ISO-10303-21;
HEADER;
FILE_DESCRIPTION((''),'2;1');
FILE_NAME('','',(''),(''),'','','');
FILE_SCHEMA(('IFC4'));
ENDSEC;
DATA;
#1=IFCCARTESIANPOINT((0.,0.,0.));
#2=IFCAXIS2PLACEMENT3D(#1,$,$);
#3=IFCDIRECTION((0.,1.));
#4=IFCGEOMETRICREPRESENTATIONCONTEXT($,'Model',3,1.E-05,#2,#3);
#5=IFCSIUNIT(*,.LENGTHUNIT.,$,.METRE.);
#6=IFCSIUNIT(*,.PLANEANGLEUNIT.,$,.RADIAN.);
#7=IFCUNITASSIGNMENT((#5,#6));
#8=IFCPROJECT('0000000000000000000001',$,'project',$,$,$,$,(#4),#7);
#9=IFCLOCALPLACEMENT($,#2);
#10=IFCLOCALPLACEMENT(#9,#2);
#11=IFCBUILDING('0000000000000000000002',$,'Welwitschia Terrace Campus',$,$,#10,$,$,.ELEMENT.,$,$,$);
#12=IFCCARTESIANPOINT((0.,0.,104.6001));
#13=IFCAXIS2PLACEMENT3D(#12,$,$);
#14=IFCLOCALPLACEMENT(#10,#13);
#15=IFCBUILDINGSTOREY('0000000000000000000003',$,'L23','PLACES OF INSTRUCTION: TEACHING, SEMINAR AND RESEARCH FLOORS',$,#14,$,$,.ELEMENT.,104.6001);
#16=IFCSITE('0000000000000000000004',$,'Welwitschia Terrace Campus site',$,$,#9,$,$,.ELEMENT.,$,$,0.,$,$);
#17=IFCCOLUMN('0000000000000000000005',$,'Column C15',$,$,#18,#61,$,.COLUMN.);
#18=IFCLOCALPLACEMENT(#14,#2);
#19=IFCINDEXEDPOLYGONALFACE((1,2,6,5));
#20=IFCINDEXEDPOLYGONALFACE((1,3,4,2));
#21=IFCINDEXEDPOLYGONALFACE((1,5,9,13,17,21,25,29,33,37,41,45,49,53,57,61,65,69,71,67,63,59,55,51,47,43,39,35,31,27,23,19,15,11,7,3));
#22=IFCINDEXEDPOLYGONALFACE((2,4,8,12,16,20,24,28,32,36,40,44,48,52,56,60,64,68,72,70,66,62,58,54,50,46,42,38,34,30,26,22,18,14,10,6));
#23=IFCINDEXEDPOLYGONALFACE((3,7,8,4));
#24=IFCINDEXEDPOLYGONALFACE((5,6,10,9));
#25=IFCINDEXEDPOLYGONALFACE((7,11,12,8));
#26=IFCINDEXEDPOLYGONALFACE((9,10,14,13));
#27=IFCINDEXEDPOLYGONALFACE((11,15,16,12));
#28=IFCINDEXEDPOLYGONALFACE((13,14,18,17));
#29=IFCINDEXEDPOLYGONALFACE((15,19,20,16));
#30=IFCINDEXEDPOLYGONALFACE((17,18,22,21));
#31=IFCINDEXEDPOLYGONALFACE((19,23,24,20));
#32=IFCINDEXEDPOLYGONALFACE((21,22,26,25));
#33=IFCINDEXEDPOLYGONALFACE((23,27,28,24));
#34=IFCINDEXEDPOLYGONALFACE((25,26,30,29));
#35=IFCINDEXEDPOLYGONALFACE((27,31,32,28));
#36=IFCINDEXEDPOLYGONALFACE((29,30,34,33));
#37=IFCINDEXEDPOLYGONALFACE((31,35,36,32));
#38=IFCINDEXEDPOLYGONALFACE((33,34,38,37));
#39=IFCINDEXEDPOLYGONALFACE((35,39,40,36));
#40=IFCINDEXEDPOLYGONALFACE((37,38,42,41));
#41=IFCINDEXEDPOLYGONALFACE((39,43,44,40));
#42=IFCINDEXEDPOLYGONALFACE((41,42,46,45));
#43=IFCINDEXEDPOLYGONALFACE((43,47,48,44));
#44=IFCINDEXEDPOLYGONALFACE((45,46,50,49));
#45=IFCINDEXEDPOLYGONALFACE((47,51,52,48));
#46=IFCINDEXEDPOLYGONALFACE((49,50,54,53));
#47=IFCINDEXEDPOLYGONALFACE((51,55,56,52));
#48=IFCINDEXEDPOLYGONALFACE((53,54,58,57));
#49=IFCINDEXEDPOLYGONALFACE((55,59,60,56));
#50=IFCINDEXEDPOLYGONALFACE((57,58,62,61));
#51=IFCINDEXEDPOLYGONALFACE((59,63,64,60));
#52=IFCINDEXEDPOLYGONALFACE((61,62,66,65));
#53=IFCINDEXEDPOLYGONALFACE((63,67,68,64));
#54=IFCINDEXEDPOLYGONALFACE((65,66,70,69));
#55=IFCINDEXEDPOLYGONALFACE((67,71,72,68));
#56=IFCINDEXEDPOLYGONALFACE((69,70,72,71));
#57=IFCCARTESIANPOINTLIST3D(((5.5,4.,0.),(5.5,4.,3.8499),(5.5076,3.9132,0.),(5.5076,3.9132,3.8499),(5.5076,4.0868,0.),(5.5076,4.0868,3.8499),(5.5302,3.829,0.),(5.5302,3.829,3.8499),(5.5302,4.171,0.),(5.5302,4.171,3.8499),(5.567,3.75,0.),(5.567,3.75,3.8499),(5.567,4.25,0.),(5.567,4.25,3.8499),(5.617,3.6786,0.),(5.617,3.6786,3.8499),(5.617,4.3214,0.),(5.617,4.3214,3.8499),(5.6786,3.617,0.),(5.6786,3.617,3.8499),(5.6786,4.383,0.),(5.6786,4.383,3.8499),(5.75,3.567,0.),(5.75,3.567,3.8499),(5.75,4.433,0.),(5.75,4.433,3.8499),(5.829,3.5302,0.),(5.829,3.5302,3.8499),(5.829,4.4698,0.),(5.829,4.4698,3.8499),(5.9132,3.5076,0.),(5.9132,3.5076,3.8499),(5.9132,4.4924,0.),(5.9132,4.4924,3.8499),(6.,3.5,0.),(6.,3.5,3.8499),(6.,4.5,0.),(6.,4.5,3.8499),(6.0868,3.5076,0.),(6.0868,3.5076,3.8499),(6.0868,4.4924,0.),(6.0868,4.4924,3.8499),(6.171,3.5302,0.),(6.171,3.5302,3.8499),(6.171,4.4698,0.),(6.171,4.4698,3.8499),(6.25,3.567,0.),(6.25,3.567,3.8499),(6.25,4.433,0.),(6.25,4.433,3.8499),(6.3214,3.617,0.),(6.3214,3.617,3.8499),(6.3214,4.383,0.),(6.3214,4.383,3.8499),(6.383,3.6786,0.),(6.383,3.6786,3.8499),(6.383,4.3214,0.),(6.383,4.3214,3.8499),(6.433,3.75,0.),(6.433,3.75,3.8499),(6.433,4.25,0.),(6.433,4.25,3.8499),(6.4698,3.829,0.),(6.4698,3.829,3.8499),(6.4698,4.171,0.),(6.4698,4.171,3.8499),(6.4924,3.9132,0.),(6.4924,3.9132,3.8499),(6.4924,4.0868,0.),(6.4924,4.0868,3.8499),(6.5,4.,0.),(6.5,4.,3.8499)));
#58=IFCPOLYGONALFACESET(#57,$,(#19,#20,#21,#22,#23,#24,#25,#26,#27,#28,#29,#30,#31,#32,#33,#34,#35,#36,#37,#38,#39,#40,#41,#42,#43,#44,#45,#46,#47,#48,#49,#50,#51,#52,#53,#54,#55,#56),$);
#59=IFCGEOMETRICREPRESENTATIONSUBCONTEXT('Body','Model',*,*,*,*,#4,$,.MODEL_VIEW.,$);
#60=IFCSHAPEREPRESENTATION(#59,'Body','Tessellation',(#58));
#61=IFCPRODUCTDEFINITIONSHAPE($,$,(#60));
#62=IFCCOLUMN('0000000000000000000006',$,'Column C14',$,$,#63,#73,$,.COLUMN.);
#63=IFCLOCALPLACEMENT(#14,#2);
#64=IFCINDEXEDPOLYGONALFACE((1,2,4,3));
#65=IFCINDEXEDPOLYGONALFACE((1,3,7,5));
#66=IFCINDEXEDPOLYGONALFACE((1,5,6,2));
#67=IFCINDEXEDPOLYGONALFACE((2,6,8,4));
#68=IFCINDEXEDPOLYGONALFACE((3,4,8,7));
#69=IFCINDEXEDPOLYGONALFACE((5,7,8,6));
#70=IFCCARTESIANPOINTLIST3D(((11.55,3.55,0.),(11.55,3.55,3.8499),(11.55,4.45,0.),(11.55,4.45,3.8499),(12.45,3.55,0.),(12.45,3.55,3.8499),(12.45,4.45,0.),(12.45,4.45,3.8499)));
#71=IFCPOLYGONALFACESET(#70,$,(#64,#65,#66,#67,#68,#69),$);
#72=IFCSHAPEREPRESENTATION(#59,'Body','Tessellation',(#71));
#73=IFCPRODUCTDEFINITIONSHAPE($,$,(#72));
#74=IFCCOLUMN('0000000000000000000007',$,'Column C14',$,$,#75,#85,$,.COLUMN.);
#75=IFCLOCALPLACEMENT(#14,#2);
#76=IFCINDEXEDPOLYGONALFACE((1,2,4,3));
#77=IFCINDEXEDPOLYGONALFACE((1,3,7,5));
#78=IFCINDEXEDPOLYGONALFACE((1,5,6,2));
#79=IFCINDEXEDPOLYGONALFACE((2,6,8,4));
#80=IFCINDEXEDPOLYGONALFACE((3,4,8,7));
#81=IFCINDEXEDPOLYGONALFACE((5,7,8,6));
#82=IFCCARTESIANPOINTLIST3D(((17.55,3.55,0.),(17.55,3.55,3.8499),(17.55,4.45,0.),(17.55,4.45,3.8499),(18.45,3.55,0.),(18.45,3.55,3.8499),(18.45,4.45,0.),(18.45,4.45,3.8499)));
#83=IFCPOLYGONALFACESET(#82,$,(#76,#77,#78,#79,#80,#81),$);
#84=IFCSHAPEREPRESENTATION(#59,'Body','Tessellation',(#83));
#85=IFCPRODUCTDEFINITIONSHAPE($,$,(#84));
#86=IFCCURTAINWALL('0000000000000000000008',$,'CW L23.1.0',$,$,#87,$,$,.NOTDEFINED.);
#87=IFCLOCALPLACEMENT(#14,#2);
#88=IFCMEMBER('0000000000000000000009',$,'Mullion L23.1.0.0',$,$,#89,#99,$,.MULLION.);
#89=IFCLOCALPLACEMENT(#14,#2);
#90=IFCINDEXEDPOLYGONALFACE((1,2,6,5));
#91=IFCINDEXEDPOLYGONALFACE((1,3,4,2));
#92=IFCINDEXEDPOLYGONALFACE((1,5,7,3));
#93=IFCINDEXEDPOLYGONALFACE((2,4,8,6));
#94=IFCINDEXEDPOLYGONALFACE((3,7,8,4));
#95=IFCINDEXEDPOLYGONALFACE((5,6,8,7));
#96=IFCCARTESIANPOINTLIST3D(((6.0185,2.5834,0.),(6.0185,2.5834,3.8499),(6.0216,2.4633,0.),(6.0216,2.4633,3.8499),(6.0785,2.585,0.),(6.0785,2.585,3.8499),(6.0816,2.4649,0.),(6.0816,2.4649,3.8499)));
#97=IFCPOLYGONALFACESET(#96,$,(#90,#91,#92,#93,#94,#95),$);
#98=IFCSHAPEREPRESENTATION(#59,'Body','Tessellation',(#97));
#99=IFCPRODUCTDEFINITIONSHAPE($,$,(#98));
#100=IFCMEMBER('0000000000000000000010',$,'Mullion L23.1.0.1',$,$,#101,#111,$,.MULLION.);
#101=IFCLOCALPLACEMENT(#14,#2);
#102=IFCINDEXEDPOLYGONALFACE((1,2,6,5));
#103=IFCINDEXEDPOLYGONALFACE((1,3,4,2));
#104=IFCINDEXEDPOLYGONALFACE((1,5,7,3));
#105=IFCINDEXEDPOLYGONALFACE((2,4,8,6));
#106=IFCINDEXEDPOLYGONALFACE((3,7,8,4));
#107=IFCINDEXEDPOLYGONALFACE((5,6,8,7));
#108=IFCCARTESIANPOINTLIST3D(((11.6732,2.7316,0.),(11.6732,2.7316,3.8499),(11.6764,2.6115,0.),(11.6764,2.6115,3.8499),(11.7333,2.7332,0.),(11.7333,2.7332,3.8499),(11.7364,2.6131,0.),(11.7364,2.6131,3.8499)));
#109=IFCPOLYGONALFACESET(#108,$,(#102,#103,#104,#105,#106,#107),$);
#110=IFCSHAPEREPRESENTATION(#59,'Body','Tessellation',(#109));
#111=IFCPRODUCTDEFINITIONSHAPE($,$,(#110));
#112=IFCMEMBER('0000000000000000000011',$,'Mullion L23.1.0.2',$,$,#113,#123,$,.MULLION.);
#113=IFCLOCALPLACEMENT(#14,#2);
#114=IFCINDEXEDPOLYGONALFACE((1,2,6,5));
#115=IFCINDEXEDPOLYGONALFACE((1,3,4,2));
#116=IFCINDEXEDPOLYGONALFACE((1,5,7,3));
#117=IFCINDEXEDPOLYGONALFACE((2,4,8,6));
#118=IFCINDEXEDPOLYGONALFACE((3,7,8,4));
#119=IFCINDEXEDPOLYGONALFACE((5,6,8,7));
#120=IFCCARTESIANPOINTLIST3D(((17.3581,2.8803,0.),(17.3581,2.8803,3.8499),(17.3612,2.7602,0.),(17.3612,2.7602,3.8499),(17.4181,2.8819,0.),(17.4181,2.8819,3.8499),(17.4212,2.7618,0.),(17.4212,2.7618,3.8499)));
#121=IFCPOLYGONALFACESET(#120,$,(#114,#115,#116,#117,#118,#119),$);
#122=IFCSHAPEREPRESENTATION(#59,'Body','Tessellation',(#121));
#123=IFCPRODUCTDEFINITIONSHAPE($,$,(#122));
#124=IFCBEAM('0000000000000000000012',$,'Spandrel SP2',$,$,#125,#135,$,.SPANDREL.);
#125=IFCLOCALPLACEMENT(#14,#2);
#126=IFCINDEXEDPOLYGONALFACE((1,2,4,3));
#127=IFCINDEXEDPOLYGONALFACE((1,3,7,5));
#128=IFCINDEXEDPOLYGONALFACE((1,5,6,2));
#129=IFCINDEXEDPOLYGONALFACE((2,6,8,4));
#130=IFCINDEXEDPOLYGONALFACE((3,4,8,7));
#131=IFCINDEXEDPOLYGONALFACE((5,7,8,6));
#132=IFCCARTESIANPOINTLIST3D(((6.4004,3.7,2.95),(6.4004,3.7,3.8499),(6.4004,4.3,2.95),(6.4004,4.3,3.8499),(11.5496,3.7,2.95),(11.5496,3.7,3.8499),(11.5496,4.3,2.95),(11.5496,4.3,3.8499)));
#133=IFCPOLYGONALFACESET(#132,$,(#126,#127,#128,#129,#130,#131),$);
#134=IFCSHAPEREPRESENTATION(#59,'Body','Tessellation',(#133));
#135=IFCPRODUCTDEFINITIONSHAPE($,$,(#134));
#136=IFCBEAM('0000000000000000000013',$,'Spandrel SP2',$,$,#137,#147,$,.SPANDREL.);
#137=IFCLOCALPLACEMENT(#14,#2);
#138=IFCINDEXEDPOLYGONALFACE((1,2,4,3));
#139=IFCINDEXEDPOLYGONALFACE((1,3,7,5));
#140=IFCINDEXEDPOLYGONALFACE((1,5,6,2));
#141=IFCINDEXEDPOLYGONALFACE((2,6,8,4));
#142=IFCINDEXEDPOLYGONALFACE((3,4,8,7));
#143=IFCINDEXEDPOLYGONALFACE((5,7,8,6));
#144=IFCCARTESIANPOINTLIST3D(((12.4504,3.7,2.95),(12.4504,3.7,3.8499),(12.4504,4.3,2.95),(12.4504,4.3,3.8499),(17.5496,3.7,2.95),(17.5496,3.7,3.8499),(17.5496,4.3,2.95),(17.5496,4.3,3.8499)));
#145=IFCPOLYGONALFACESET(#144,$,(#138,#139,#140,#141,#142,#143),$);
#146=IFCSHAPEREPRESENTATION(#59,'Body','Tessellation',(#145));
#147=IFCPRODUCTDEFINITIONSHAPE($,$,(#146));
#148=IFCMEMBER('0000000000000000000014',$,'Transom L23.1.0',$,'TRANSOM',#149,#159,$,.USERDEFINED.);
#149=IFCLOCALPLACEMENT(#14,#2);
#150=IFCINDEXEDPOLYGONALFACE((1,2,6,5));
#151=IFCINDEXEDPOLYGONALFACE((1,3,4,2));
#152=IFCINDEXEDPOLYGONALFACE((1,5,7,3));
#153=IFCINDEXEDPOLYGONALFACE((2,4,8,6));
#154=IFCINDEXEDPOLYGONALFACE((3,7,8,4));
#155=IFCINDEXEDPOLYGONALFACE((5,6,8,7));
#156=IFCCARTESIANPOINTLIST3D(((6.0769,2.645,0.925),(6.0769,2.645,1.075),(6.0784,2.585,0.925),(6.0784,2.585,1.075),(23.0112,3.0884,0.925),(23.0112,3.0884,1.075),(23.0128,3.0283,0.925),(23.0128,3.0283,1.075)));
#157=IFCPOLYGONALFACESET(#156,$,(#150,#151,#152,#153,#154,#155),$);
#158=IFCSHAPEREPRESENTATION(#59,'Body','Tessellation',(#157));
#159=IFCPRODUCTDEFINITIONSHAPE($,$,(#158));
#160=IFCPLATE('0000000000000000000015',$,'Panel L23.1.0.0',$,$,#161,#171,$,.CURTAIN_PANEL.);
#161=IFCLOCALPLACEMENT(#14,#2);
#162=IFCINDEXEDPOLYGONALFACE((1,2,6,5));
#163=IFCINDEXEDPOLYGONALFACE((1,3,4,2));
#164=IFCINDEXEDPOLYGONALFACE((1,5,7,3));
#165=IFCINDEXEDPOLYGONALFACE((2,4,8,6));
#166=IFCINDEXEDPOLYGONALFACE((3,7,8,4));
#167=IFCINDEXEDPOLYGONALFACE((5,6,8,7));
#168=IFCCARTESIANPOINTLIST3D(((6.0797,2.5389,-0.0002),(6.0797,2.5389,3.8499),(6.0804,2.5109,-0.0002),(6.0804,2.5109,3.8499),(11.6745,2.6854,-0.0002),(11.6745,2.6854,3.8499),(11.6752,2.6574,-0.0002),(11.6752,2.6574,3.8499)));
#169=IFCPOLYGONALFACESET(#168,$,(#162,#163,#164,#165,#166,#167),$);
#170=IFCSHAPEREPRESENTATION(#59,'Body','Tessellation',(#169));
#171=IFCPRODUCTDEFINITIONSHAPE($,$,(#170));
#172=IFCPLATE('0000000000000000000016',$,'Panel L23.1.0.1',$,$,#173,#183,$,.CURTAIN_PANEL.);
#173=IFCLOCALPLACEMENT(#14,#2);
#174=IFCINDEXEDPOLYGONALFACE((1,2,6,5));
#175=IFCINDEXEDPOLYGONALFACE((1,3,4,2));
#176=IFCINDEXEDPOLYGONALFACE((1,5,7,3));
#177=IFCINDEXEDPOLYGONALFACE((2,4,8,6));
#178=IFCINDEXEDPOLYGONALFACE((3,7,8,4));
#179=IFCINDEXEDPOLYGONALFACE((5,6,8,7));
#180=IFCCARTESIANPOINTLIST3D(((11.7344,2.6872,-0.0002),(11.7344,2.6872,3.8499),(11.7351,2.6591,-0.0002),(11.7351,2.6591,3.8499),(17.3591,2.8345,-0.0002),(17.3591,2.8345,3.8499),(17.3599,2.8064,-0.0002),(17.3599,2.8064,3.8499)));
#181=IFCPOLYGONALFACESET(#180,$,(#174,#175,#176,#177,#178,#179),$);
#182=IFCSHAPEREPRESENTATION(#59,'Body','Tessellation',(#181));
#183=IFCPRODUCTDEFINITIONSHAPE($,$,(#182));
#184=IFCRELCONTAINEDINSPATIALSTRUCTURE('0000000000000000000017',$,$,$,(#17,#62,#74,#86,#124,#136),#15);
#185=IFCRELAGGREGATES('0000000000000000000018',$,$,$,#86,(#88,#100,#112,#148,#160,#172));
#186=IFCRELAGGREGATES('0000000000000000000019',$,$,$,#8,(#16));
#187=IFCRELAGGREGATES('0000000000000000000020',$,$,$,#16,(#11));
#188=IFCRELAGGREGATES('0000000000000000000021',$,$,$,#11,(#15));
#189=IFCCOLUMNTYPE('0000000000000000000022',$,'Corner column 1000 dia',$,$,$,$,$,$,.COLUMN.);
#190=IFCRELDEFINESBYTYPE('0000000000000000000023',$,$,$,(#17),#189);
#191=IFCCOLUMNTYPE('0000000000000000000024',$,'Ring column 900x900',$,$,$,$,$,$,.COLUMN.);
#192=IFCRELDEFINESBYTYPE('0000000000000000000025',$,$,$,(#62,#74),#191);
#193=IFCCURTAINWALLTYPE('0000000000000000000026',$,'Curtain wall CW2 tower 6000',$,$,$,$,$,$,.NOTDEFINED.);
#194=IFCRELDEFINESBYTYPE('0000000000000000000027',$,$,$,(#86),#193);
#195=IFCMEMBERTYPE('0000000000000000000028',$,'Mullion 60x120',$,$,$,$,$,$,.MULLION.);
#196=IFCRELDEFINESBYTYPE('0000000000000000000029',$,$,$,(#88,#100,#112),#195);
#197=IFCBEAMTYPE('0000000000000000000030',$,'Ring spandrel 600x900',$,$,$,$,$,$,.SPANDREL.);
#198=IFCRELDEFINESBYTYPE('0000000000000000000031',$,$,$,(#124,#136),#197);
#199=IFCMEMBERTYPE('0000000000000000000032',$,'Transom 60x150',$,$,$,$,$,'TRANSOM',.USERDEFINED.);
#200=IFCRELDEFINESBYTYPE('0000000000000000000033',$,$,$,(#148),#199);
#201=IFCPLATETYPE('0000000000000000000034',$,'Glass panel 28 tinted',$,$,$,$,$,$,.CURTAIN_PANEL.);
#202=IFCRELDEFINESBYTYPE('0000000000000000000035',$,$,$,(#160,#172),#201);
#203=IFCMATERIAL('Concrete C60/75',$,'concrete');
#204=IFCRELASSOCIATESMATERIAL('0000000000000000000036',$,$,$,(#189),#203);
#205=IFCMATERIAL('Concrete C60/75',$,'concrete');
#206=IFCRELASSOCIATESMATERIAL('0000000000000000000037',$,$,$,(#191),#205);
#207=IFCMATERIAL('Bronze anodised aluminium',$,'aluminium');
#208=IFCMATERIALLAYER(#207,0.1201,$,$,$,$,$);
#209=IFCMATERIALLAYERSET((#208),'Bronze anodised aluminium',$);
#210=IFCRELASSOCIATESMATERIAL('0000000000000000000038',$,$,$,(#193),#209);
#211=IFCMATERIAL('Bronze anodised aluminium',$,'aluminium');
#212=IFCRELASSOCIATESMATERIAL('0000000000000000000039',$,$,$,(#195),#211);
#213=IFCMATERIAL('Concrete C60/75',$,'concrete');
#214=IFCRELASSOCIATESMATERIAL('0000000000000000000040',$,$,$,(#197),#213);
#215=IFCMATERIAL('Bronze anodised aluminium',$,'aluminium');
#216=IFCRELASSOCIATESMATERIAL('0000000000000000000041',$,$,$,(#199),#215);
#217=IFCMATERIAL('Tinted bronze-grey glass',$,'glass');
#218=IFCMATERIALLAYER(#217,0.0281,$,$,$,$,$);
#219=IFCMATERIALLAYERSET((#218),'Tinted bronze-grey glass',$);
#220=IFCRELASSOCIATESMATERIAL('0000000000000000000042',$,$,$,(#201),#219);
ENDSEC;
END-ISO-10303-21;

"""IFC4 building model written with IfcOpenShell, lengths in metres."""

from ifc_helpers import new_model, si_unit, direction, frame, origin, origin_2d, place, context, subcontext, project, spatial, rectangle, circle, extrude, material, layer, layer_set, material_profile, profile_set, type_object, element, aggregate, save


model = new_model("IFC4")

# Units and contexts
model_context = context("Model", 3, precision=1e-05, world=origin(), true_north=direction((0.0, 1.0)))
body_context = subcontext(model_context, "Body", "Model", "MODEL_VIEW")
ifc_project = project(units=[si_unit("LENGTHUNIT", "METRE"), si_unit("PLANEANGLEUNIT", "RADIAN")], contexts=[model_context])

# Site, building, storey
site_placement = place(None, origin())
site = spatial("IfcSite", under=ifc_project, at=site_placement, Name="Welwitschia Terrace Campus site", CompositionType="ELEMENT", RefElevation=0.0)
building_placement = place(site_placement, origin())
building = spatial("IfcBuilding", under=site, at=building_placement, Name="Welwitschia Terrace Campus", CompositionType="ELEMENT")
storey_placement = place(building_placement, frame((0.0, 0.0, 104.6001)))
storey = spatial("IfcBuildingStorey", under=building, at=storey_placement, Name="L23", Description="PLACES OF INSTRUCTION: TEACHING, SEMINAR AND RESEARCH FLOORS", CompositionType="ELEMENT", Elevation=104.6001)

# Columns
ifc_material_1 = material(Name="Concrete C60/75", Category="concrete")
ifc_material_profile_1 = material_profile(ifc_material_1, circle(Radius=0.5, at=origin_2d()))
ifc_profile_set_1 = profile_set([ifc_material_profile_1], Name="Concrete C60/75")
column_type_1 = type_object("IfcColumnType", Name="Corner column 1000 dia", PredefinedType="COLUMN", material=ifc_profile_set_1)
column_placement = place(storey_placement, frame((6.0, 4.0, 0.0), z_axis=(0.0, 0.0, 1.0), x_axis=(1.0, 0.0, 0.0)))
element("IfcColumn", 1, at=column_placement, inside=storey, type_object=column_type_1, Name="Column C15", PredefinedType="COLUMN", context=body_context, shape_type="SweptSolid", body=[
    extrude(circle(Radius=0.5, at=origin_2d()), origin(), (0.0, 0.0, 1.0), 3.8499),
])
ifc_material_2 = material(Name="Concrete C60/75", Category="concrete")
ifc_material_profile_2 = material_profile(ifc_material_2, rectangle(XDim=0.8999, YDim=0.8999, at=origin_2d()))
ifc_profile_set_2 = profile_set([ifc_material_profile_2], Name="Concrete C60/75")
column_type_2 = type_object("IfcColumnType", Name="Ring column 900x900", PredefinedType="COLUMN", material=ifc_profile_set_2)
for number, where, z_axis, x_axis, name in (
    (2, (12.0, 4.0, 0.0), (0.0, 0.0, 1.0), (1.0, 0.0, 0.0), "Column C14"),
    (3, (18.0, 4.0, 0.0), (0.0, 0.0, 1.0), (1.0, 0.0, 0.0), "Column C14"),
):
    element("IfcColumn", number, at=place(storey_placement, frame(where, z_axis=z_axis, x_axis=x_axis)), inside=storey, type_object=column_type_2, Name=name, PredefinedType="COLUMN", context=body_context, shape_type="SweptSolid", body=[
        extrude(rectangle(XDim=0.8999, YDim=0.8999, at=origin_2d()), origin(), (0.0, 0.0, 1.0), 3.8499),
    ])

# Curtain wall, members
ifc_material_3 = material(Name="Bronze anodised aluminium", Category="aluminium")
ifc_layer_1 = layer(ifc_material_3, 0.1201)
ifc_layer_set_1 = layer_set([ifc_layer_1], Name="Bronze anodised aluminium")
curtain_wall_type = type_object("IfcCurtainWallType", Name="Curtain wall CW2 tower 6000", PredefinedType="NOTDEFINED", material=ifc_layer_set_1)
curtain_wall_placement = place(storey_placement, origin())
curtain_wall = element("IfcCurtainWall", 4, at=curtain_wall_placement, inside=storey, type_object=curtain_wall_type, Name="CW L23.1.0", PredefinedType="NOTDEFINED")
ifc_material_4 = material(Name="Bronze anodised aluminium", Category="aluminium")
ifc_material_profile_3 = material_profile(ifc_material_4, rectangle(XDim=0.1201, YDim=0.0601, at=origin_2d()))
ifc_profile_set_3 = profile_set([ifc_material_profile_3], Name="Bronze anodised aluminium")
member_type_1 = type_object("IfcMemberType", Name="Mullion 60x120", PredefinedType="MULLION", material=ifc_profile_set_3)
member_1_placement = place(storey_placement, frame((6.05, 2.5242, 0.0), z_axis=(0.0, 0.0, 1.0), x_axis=(-0.026177, 0.999657, 0.0)))
member_1 = element("IfcMember", 5, at=member_1_placement, type_object=member_type_1, Name="Mullion L23.1.0.0", PredefinedType="MULLION", context=body_context, shape_type="SweptSolid", body=[
    extrude(rectangle(XDim=0.1201, YDim=0.0601, at=origin_2d()), origin(), (0.0, 0.0, 1.0), 3.8499),
])
member_2_placement = place(storey_placement, frame((11.7048, 2.6724, 0.0), z_axis=(0.0, 0.0, 1.0), x_axis=(-0.026177, 0.999657, 0.0)))
member_2 = element("IfcMember", 6, at=member_2_placement, type_object=member_type_1, Name="Mullion L23.1.0.1", PredefinedType="MULLION", context=body_context, shape_type="SweptSolid", body=[
    extrude(rectangle(XDim=0.1201, YDim=0.0601, at=origin_2d()), origin(), (0.0, 0.0, 1.0), 3.8499),
])
member_3_placement = place(storey_placement, frame((17.3896, 2.821, 0.0), z_axis=(0.0, 0.0, 1.0), x_axis=(-0.026177, 0.999657, 0.0)))
member_3 = element("IfcMember", 7, at=member_3_placement, type_object=member_type_1, Name="Mullion L23.1.0.2", PredefinedType="MULLION", context=body_context, shape_type="SweptSolid", body=[
    extrude(rectangle(XDim=0.1201, YDim=0.0601, at=origin_2d()), origin(), (0.0, 0.0, 1.0), 3.8499),
])

# Beams
ifc_material_5 = material(Name="Concrete C60/75", Category="concrete")
ifc_material_profile_4 = material_profile(ifc_material_5, rectangle(XDim=0.6001, YDim=0.8999, at=origin_2d()))
ifc_profile_set_4 = profile_set([ifc_material_profile_4], Name="Concrete C60/75")
beam_type = type_object("IfcBeamType", Name="Ring spandrel 600x900", PredefinedType="SPANDREL", material=ifc_profile_set_4)
beam_1_placement = place(storey_placement, frame((6.4004, 4.0, 3.3999), z_axis=(1.0, 0.0, 0.0), x_axis=(0.0, 1.0, 0.0)))
element("IfcBeam", 8, at=beam_1_placement, inside=storey, type_object=beam_type, Name="Spandrel SP2", PredefinedType="SPANDREL", context=body_context, shape_type="SweptSolid", body=[
    extrude(rectangle(XDim=0.6001, YDim=0.8999, at=origin_2d()), origin(), (0.0, 0.0, 1.0), 5.1492),
])
beam_2_placement = place(storey_placement, frame((12.4504, 4.0, 3.3999), z_axis=(1.0, 0.0, 0.0), x_axis=(0.0, 1.0, 0.0)))
element("IfcBeam", 9, at=beam_2_placement, inside=storey, type_object=beam_type, Name="Spandrel SP2", PredefinedType="SPANDREL", context=body_context, shape_type="SweptSolid", body=[
    extrude(rectangle(XDim=0.6001, YDim=0.8999, at=origin_2d()), origin(), (0.0, 0.0, 1.0), 5.0991),
])

# Member
ifc_material_6 = material(Name="Bronze anodised aluminium", Category="aluminium")
ifc_material_profile_5 = material_profile(ifc_material_6, rectangle(XDim=0.0601, YDim=0.1499, at=origin_2d()))
ifc_profile_set_5 = profile_set([ifc_material_profile_5], Name="Bronze anodised aluminium")
member_type_2 = type_object("IfcMemberType", Name="Transom 60x150", ElementType="TRANSOM", PredefinedType="USERDEFINED", material=ifc_profile_set_5)
member_4_placement = place(storey_placement, frame((6.0776, 2.615, 1.0), z_axis=(0.999657, 0.026172, 0.0), x_axis=(-0.026172, 0.999657, 0.0)))
member_4 = element("IfcMember", 10, at=member_4_placement, type_object=member_type_2, Name="Transom L23.1.0", ObjectType="TRANSOM", PredefinedType="USERDEFINED", context=body_context, shape_type="SweptSolid", body=[
    extrude(rectangle(XDim=0.0601, YDim=0.1499, at=origin_2d()), origin(), (0.0, 0.0, 1.0), 16.9402),
])

# Plates
ifc_material_7 = material(Name="Tinted bronze-grey glass", Category="glass")
ifc_layer_2 = layer(ifc_material_7, 0.0281)
ifc_layer_set_2 = layer_set([ifc_layer_2], Name="Tinted bronze-grey glass")
plate_type = type_object("IfcPlateType", Name="Glass panel 28 tinted", PredefinedType="CURTAIN_PANEL", material=ifc_layer_set_2)
plate_1_placement = place(storey_placement, frame((8.8774, 2.5981, -0.0002), z_axis=(0.0, 0.0, 1.0), x_axis=(0.999657, 0.026177, 0.0)))
plate_1 = element("IfcPlate", 11, at=plate_1_placement, type_object=plate_type, Name="Panel L23.1.0.0", PredefinedType="CURTAIN_PANEL", context=body_context, shape_type="SweptSolid", body=[
    extrude(rectangle(XDim=5.5967, YDim=0.0281, at=origin_2d()), origin(), (0.0, 0.0, 1.0), 3.8501),
])
plate_2_placement = place(storey_placement, frame((14.5471, 2.7468, -0.0002), z_axis=(0.0, 0.0, 1.0), x_axis=(0.999657, 0.026177, 0.0)))
plate_2 = element("IfcPlate", 12, at=plate_2_placement, type_object=plate_type, Name="Panel L23.1.0.1", PredefinedType="CURTAIN_PANEL", context=body_context, shape_type="SweptSolid", body=[
    extrude(rectangle(XDim=5.6267, YDim=0.0281, at=origin_2d()), origin(), (0.0, 0.0, 1.0), 3.8501),
])
aggregate(curtain_wall, [member_1, member_2, member_3, member_4, plate_1, plate_2])

save(model, "model.ifc")
